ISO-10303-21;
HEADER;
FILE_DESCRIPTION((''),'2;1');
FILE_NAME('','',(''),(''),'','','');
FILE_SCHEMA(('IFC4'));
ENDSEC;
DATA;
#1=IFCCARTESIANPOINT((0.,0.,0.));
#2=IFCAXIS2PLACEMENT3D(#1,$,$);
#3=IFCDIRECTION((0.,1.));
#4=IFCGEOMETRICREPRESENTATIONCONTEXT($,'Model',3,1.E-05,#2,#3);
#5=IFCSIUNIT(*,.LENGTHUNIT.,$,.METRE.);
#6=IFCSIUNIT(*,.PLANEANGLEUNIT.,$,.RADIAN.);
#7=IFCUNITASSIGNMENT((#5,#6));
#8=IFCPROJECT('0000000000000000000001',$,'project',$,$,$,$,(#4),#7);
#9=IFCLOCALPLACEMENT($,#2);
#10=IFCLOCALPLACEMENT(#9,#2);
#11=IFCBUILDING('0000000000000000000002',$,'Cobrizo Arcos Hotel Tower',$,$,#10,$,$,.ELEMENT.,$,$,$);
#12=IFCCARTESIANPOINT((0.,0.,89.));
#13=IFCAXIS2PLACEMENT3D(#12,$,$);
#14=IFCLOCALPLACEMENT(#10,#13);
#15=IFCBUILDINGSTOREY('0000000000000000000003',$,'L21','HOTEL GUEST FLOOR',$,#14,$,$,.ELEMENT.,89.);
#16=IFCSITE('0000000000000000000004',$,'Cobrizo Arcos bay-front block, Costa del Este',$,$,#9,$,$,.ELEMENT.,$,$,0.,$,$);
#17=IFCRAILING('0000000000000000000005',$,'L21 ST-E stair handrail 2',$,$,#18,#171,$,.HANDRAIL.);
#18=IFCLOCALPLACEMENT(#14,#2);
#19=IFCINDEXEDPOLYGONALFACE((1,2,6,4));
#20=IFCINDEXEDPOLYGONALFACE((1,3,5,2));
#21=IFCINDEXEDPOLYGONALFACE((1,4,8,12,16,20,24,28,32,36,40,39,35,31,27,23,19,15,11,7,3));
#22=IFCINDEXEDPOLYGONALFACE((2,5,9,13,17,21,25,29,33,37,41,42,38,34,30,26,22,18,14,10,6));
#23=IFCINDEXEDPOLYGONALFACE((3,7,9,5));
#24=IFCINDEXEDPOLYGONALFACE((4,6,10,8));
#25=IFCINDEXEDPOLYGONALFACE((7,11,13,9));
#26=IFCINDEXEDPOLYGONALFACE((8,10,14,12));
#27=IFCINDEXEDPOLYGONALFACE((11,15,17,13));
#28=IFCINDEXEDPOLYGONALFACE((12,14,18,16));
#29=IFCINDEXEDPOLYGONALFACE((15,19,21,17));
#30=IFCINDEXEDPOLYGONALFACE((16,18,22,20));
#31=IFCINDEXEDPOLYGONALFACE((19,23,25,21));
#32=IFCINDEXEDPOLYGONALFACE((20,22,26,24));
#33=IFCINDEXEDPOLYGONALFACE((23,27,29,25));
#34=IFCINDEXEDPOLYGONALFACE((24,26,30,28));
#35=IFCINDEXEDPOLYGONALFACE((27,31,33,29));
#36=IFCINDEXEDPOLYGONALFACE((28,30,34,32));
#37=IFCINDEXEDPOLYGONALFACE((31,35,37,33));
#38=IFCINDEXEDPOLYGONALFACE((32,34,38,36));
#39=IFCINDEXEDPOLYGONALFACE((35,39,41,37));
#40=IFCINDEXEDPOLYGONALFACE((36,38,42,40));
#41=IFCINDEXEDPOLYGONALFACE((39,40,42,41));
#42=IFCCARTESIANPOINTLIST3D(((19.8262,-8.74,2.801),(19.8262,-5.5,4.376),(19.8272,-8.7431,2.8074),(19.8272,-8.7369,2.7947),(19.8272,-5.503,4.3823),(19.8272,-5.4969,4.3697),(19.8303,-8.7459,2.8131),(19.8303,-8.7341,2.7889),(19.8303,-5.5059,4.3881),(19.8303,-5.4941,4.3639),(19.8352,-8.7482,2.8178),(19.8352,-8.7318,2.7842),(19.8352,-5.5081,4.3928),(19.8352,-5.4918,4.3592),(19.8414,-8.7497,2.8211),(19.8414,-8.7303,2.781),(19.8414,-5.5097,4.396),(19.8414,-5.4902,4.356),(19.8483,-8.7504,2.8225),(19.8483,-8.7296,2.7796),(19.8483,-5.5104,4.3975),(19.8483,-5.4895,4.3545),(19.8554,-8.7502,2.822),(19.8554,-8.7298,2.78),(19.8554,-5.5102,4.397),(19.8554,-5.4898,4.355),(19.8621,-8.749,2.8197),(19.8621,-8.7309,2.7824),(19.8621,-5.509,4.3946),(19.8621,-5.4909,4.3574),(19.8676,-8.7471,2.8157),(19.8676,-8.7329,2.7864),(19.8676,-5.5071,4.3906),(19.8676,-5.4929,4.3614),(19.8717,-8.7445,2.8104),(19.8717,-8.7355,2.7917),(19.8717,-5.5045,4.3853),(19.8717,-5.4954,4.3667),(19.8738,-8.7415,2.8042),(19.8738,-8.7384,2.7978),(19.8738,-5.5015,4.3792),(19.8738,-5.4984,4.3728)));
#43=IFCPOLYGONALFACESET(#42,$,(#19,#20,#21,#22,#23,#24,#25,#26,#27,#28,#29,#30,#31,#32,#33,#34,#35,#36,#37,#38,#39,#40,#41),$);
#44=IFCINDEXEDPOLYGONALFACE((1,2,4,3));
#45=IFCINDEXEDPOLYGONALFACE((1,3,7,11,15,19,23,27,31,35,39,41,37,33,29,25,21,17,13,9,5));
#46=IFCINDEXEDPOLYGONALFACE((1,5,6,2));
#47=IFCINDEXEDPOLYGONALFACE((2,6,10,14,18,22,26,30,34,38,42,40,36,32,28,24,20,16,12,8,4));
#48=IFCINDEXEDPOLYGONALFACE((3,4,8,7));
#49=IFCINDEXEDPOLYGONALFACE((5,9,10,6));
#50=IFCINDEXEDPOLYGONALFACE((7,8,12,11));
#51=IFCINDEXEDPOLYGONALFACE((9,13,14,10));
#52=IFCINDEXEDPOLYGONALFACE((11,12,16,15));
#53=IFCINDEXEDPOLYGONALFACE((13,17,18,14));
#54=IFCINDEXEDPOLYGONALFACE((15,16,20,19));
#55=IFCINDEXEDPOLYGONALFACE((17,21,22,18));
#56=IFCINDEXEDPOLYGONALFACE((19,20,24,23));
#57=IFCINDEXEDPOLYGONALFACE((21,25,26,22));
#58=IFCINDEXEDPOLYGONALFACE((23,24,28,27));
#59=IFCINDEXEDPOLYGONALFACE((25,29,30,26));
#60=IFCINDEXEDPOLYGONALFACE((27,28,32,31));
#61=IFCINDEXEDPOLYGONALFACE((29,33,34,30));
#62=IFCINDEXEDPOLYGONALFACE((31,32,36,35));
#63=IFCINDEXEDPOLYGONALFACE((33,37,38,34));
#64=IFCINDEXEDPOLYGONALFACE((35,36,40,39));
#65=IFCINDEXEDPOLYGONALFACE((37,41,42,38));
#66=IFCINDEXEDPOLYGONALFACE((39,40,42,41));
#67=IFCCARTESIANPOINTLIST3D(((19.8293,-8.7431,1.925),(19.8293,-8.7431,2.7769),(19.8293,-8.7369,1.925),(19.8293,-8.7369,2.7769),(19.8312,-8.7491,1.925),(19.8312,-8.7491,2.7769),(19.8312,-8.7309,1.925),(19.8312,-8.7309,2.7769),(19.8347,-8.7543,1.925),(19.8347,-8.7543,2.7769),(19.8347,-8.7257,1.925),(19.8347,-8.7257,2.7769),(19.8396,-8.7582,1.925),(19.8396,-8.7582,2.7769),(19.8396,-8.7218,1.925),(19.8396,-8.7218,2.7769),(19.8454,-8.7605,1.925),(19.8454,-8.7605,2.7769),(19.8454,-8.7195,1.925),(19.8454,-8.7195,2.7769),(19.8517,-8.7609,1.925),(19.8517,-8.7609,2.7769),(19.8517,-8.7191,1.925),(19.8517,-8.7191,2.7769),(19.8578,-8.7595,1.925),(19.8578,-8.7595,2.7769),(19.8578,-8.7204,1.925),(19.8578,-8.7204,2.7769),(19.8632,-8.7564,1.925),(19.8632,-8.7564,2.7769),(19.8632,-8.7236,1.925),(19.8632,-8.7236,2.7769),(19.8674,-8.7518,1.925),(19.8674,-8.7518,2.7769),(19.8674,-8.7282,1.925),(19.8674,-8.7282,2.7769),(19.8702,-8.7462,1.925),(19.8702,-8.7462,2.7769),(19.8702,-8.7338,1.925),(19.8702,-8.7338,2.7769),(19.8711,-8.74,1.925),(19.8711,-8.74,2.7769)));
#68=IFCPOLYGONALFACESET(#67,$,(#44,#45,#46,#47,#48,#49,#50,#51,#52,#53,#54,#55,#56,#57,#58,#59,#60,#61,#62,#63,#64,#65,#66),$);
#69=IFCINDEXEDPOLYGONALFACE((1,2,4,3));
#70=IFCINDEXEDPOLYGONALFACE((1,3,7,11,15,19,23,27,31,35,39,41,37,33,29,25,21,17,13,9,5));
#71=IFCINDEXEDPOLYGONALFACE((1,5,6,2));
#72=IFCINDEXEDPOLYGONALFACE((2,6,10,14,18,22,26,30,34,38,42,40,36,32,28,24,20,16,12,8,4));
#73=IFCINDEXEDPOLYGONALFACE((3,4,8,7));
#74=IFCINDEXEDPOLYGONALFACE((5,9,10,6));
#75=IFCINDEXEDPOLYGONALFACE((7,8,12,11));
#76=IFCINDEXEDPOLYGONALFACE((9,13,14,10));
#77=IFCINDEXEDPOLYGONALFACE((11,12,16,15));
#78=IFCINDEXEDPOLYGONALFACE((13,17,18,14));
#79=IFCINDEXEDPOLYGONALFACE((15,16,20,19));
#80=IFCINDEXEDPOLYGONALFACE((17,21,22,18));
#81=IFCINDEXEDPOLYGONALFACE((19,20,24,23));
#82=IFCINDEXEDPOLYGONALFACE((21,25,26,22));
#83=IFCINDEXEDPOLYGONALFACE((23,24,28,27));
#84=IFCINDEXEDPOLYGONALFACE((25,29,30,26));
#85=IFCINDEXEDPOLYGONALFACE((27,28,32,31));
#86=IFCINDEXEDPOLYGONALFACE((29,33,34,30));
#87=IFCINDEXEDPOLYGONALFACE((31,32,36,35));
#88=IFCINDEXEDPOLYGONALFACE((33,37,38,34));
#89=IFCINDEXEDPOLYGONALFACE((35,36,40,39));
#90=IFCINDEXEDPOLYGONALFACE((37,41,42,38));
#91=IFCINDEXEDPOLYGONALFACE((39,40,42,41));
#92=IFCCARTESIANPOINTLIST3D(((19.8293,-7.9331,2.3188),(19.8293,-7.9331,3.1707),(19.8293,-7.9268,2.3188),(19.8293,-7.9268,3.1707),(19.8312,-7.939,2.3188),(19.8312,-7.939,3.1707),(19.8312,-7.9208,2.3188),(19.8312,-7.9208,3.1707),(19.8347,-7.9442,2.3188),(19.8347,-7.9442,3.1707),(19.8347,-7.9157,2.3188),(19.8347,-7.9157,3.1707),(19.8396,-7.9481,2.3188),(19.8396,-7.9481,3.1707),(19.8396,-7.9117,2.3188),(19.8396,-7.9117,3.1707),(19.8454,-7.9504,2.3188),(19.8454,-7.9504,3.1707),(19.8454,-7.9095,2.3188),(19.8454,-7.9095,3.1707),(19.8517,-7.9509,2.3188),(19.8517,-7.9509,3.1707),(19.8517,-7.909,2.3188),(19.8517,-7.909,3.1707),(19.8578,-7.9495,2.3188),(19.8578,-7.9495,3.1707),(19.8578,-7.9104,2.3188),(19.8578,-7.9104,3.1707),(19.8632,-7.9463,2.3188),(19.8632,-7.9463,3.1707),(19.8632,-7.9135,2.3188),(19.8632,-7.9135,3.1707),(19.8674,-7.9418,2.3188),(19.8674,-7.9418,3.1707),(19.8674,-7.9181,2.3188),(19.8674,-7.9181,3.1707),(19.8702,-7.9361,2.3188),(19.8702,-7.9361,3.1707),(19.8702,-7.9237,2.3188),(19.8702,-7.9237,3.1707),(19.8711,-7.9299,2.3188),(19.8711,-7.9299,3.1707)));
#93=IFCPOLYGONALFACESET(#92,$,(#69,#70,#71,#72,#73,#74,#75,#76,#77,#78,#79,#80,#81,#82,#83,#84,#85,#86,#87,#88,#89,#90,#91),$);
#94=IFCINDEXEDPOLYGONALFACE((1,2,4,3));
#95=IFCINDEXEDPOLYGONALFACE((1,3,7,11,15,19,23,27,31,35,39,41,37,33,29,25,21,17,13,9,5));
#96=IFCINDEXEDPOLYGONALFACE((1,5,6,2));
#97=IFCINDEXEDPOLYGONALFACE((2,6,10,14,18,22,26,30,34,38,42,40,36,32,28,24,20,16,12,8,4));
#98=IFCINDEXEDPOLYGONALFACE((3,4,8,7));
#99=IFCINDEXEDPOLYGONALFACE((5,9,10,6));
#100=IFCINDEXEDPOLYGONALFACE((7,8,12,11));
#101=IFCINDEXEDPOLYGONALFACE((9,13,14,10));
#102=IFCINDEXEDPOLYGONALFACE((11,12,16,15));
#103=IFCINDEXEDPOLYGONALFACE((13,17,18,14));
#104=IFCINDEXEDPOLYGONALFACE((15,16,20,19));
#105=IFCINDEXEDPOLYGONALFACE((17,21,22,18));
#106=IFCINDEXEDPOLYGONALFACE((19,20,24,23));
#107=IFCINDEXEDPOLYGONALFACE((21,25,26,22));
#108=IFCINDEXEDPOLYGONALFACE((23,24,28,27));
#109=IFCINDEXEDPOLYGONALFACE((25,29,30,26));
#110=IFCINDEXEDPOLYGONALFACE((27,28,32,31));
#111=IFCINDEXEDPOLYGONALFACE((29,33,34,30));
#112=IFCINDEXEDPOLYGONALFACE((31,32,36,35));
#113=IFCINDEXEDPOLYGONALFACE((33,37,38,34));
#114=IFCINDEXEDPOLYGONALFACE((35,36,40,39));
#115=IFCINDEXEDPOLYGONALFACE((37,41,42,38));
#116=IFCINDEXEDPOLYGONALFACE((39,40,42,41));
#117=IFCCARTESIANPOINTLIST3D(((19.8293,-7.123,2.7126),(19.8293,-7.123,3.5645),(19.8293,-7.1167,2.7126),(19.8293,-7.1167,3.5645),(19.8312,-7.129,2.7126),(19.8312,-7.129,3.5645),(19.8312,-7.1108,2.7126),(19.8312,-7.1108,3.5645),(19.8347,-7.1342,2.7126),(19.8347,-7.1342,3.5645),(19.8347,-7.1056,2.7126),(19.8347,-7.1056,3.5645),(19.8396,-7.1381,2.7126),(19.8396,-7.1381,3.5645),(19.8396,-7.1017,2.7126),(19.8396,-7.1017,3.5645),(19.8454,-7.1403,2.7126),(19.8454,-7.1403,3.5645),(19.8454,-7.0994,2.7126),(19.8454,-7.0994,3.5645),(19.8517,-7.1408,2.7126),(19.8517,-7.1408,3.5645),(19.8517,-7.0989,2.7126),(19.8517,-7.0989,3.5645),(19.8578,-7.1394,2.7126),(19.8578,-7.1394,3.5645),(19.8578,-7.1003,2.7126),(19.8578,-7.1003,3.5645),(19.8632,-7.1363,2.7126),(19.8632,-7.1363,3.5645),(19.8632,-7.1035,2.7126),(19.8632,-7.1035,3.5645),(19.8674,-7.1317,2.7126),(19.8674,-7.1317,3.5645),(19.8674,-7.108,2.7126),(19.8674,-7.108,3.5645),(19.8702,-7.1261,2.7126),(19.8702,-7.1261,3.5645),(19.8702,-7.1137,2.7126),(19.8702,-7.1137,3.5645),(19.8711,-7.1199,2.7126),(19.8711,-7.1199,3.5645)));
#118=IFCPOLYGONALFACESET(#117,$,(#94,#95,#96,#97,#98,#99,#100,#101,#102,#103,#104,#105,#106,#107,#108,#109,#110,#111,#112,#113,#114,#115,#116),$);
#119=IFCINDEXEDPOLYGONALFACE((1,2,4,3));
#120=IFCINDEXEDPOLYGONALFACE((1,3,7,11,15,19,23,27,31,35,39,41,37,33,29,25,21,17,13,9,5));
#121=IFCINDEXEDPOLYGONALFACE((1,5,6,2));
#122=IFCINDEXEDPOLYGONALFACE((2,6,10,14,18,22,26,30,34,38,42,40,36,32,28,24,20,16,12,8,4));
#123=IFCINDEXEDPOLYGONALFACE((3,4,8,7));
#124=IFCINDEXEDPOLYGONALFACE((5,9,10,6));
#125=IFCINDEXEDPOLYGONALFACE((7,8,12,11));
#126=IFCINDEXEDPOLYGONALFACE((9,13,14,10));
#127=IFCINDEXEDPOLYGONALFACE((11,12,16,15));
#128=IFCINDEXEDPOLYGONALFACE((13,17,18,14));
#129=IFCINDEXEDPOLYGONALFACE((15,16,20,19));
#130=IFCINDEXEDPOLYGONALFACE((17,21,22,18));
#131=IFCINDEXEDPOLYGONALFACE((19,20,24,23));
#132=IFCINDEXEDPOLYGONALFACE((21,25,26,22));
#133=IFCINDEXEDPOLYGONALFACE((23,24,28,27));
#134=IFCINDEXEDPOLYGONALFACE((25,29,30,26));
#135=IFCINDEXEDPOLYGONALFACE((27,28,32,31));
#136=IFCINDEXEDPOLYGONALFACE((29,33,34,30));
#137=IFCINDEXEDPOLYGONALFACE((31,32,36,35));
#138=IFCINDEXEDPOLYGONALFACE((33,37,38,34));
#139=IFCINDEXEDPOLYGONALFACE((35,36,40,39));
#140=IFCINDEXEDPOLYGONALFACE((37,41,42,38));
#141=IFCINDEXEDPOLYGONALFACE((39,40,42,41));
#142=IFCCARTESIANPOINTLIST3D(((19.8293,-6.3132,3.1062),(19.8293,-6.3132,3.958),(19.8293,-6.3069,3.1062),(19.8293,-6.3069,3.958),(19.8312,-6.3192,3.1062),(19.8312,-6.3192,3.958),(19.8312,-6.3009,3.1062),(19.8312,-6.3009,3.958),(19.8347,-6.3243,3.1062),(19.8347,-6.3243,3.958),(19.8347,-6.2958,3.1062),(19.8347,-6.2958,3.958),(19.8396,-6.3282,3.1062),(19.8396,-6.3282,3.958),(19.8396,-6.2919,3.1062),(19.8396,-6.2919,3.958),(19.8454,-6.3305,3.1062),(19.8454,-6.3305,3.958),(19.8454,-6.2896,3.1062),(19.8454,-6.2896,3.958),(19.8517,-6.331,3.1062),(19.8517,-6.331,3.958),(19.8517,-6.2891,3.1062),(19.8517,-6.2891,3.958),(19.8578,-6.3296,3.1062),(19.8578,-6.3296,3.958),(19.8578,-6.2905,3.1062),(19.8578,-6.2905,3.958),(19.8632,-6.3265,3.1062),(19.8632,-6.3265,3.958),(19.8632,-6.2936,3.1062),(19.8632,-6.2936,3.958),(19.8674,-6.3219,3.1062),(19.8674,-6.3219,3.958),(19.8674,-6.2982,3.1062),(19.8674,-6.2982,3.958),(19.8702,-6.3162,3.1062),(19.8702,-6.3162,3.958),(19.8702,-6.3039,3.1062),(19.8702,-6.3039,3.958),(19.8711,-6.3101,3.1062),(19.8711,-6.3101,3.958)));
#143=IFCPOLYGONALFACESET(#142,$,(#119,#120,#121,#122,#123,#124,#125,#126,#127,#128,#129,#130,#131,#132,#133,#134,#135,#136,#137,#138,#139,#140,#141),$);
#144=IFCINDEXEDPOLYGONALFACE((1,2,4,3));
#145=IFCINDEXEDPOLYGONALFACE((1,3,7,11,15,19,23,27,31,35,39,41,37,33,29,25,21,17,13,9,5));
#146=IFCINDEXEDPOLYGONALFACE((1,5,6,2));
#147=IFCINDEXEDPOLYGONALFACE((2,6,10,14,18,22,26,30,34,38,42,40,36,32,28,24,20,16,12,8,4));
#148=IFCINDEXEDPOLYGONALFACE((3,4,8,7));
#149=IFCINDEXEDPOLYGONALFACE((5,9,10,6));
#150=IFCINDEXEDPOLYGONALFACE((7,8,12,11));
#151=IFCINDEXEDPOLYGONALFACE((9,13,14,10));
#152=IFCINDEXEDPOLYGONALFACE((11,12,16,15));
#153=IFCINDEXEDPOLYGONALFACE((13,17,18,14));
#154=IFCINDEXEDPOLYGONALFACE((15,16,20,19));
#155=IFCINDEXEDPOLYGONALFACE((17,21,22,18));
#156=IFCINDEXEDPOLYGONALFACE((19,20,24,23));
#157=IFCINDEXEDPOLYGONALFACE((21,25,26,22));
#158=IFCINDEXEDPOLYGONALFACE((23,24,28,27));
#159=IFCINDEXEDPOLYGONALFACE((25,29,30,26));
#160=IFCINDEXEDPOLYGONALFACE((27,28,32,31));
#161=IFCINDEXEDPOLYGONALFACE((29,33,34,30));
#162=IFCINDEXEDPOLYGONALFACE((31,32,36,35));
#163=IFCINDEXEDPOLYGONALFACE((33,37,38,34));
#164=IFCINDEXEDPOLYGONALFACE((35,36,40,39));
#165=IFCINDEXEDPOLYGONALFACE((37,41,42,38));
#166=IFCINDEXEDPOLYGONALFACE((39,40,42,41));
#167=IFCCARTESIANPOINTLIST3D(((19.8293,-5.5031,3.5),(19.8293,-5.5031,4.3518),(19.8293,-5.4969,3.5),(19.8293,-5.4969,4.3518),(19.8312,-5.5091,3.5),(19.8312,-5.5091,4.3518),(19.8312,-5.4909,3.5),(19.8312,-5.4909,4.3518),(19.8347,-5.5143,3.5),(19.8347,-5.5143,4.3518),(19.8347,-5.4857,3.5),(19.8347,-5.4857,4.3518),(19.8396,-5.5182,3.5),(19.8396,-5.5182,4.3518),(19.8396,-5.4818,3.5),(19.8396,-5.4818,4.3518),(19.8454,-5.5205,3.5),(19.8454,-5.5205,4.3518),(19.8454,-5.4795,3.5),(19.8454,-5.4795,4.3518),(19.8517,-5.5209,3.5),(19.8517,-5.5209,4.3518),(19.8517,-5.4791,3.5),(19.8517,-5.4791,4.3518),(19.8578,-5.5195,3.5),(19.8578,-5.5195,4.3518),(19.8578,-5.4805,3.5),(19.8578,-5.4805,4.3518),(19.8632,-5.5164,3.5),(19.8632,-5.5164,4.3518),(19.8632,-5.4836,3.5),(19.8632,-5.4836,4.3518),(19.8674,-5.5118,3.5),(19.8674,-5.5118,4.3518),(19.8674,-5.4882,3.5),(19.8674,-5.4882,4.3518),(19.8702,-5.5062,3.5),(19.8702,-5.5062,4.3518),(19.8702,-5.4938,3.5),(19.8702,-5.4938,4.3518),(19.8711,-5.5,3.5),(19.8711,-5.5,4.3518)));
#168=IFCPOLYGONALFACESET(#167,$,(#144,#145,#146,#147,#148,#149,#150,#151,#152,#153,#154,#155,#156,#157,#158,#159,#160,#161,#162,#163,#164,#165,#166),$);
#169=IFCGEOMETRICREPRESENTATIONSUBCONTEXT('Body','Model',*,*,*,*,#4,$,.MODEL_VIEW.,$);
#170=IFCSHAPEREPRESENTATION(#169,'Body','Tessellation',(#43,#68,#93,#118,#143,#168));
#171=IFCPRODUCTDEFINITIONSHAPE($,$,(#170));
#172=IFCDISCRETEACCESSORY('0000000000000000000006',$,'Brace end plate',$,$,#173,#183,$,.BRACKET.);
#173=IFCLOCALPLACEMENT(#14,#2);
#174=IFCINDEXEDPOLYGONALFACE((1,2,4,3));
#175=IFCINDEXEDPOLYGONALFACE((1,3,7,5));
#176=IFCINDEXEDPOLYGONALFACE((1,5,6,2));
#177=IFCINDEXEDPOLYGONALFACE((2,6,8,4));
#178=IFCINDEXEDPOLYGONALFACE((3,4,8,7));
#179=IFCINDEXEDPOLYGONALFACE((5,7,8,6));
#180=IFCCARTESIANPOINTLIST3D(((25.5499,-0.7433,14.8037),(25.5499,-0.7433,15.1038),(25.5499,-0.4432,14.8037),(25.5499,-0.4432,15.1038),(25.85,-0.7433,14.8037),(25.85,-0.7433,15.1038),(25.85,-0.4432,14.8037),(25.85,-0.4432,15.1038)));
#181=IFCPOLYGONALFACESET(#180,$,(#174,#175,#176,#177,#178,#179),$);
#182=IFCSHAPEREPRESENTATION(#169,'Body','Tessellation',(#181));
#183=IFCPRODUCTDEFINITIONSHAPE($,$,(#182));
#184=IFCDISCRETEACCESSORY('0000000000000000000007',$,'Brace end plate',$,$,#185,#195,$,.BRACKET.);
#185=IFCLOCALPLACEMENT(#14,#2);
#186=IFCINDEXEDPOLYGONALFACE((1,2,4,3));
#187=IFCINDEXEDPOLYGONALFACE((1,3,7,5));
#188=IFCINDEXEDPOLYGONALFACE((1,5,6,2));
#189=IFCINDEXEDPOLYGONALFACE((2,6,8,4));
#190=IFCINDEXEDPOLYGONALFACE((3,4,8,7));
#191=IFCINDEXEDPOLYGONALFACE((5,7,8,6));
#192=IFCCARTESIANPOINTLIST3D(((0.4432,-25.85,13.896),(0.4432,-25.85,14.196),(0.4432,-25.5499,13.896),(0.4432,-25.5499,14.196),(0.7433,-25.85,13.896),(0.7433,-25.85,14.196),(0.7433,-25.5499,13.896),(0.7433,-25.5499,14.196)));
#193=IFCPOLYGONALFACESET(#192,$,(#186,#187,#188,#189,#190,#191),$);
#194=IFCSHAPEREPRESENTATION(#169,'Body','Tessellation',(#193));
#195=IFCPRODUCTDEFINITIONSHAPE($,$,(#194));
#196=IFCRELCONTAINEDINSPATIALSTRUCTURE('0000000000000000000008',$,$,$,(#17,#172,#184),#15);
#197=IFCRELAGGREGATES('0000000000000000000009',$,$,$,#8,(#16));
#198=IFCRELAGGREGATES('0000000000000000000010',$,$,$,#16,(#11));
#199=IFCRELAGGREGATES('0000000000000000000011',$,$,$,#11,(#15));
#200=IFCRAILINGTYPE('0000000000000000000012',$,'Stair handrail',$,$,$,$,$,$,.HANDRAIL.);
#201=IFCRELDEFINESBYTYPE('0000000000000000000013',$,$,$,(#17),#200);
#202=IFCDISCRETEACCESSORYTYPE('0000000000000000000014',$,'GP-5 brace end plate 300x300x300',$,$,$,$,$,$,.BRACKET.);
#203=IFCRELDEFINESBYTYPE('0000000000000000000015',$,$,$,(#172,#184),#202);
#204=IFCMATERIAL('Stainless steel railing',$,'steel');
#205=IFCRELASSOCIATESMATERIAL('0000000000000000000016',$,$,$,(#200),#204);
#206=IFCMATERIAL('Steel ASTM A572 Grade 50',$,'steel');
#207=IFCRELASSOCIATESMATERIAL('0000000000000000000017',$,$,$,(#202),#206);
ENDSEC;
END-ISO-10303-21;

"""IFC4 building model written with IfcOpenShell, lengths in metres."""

from ifc_helpers import new_model, si_unit, direction, frame, origin, origin_2d, place, context, subcontext, project, spatial, rectangle, circle, extrude, material, type_object, element, save


model = new_model("IFC4")

# Units and contexts
model_context = context("Model", 3, precision=1e-05, world=origin(), true_north=direction((0.0, 1.0)))
body_context = subcontext(model_context, "Body", "Model", "MODEL_VIEW")
ifc_project = project(units=[si_unit("LENGTHUNIT", "METRE"), si_unit("PLANEANGLEUNIT", "RADIAN")], contexts=[model_context])

# Site, building, storey
site_placement = place(None, origin())
site = spatial("IfcSite", under=ifc_project, at=site_placement, Name="Cobrizo Arcos bay-front block, Costa del Este", CompositionType="ELEMENT", RefElevation=0.0)
building_placement = place(site_placement, origin())
building = spatial("IfcBuilding", under=site, at=building_placement, Name="Cobrizo Arcos Hotel Tower", CompositionType="ELEMENT")
storey_placement = place(building_placement, frame((0.0, 0.0, 89.0)))
storey = spatial("IfcBuildingStorey", under=building, at=storey_placement, Name="L21", Description="HOTEL GUEST FLOOR", CompositionType="ELEMENT", Elevation=89.0)

# Shared definitions
ifc_material_1 = material(Name="Steel ASTM A572 Grade 50", Category="steel")

# Railing
ifc_material_2 = material(Name="Stainless steel railing", Category="steel")
railing_type_1 = type_object("IfcRailingType", Name="Stair handrail", PredefinedType="HANDRAIL", material=ifc_material_2)
railing_1_placement = place(storey_placement, frame((19.8501, -8.74, 1.925)))
element("IfcRailing", 1, at=railing_1_placement, inside=storey, type_object=railing_type_1, Name="L21 ST-E stair handrail 2", PredefinedType="HANDRAIL", context=body_context, shape_type="SweptSolid", body=[
    extrude(circle(Radius=0.0239, at=origin_2d()), frame((0.0, 0.0, 0.876), z_axis=(0.0, 0.899373, 0.437183), x_axis=(-1.0, 0.0, 0.0)), (0.0, 0.0, 1.0), 3.6025),
    extrude(circle(Radius=0.021, at=origin_2d()), origin(), (0.0, 0.0, 1.0), 0.8518),
    extrude(circle(Radius=0.021, at=origin_2d()), frame((0.0, 0.8101, 0.3938)), (0.0, 0.0, 1.0), 0.8518),
    extrude(circle(Radius=0.021, at=origin_2d()), frame((0.0, 1.6201, 0.7876)), (0.0, 0.0, 1.0), 0.8518),
    extrude(circle(Radius=0.021, at=origin_2d()), frame((0.0, 2.4299, 1.1812)), (0.0, 0.0, 1.0), 0.8518),
    extrude(circle(Radius=0.021, at=origin_2d()), frame((0.0, 3.24, 1.575)), (0.0, 0.0, 1.0), 0.8518),
])

# Discrete accessories
discrete_accessory_type = type_object("IfcDiscreteAccessoryType", Name="GP-5 brace end plate 300x300x300", PredefinedType="BRACKET", material=ifc_material_1)
for number, where, z_axis, x_axis, name in (
    (2, (25.7, -0.5933, 14.8037), (0.0, 0.0, 1.0), (1.0, 0.0, 0.0), "Brace end plate"),
    (3, (0.5933, -25.7, 13.896), (0.0, 0.0, 1.0), (1.0, 0.0, 0.0), "Brace end plate"),
):
    element("IfcDiscreteAccessory", number, at=place(storey_placement, frame(where, z_axis=z_axis, x_axis=x_axis)), inside=storey, type_object=discrete_accessory_type, Name=name, PredefinedType="BRACKET", context=body_context, shape_type="SweptSolid", body=[
        extrude(rectangle(XDim=0.3, YDim=0.3, at=origin_2d()), origin(), (0.0, 0.0, 1.0), 0.3),
    ])

save(model, "model.ifc")
